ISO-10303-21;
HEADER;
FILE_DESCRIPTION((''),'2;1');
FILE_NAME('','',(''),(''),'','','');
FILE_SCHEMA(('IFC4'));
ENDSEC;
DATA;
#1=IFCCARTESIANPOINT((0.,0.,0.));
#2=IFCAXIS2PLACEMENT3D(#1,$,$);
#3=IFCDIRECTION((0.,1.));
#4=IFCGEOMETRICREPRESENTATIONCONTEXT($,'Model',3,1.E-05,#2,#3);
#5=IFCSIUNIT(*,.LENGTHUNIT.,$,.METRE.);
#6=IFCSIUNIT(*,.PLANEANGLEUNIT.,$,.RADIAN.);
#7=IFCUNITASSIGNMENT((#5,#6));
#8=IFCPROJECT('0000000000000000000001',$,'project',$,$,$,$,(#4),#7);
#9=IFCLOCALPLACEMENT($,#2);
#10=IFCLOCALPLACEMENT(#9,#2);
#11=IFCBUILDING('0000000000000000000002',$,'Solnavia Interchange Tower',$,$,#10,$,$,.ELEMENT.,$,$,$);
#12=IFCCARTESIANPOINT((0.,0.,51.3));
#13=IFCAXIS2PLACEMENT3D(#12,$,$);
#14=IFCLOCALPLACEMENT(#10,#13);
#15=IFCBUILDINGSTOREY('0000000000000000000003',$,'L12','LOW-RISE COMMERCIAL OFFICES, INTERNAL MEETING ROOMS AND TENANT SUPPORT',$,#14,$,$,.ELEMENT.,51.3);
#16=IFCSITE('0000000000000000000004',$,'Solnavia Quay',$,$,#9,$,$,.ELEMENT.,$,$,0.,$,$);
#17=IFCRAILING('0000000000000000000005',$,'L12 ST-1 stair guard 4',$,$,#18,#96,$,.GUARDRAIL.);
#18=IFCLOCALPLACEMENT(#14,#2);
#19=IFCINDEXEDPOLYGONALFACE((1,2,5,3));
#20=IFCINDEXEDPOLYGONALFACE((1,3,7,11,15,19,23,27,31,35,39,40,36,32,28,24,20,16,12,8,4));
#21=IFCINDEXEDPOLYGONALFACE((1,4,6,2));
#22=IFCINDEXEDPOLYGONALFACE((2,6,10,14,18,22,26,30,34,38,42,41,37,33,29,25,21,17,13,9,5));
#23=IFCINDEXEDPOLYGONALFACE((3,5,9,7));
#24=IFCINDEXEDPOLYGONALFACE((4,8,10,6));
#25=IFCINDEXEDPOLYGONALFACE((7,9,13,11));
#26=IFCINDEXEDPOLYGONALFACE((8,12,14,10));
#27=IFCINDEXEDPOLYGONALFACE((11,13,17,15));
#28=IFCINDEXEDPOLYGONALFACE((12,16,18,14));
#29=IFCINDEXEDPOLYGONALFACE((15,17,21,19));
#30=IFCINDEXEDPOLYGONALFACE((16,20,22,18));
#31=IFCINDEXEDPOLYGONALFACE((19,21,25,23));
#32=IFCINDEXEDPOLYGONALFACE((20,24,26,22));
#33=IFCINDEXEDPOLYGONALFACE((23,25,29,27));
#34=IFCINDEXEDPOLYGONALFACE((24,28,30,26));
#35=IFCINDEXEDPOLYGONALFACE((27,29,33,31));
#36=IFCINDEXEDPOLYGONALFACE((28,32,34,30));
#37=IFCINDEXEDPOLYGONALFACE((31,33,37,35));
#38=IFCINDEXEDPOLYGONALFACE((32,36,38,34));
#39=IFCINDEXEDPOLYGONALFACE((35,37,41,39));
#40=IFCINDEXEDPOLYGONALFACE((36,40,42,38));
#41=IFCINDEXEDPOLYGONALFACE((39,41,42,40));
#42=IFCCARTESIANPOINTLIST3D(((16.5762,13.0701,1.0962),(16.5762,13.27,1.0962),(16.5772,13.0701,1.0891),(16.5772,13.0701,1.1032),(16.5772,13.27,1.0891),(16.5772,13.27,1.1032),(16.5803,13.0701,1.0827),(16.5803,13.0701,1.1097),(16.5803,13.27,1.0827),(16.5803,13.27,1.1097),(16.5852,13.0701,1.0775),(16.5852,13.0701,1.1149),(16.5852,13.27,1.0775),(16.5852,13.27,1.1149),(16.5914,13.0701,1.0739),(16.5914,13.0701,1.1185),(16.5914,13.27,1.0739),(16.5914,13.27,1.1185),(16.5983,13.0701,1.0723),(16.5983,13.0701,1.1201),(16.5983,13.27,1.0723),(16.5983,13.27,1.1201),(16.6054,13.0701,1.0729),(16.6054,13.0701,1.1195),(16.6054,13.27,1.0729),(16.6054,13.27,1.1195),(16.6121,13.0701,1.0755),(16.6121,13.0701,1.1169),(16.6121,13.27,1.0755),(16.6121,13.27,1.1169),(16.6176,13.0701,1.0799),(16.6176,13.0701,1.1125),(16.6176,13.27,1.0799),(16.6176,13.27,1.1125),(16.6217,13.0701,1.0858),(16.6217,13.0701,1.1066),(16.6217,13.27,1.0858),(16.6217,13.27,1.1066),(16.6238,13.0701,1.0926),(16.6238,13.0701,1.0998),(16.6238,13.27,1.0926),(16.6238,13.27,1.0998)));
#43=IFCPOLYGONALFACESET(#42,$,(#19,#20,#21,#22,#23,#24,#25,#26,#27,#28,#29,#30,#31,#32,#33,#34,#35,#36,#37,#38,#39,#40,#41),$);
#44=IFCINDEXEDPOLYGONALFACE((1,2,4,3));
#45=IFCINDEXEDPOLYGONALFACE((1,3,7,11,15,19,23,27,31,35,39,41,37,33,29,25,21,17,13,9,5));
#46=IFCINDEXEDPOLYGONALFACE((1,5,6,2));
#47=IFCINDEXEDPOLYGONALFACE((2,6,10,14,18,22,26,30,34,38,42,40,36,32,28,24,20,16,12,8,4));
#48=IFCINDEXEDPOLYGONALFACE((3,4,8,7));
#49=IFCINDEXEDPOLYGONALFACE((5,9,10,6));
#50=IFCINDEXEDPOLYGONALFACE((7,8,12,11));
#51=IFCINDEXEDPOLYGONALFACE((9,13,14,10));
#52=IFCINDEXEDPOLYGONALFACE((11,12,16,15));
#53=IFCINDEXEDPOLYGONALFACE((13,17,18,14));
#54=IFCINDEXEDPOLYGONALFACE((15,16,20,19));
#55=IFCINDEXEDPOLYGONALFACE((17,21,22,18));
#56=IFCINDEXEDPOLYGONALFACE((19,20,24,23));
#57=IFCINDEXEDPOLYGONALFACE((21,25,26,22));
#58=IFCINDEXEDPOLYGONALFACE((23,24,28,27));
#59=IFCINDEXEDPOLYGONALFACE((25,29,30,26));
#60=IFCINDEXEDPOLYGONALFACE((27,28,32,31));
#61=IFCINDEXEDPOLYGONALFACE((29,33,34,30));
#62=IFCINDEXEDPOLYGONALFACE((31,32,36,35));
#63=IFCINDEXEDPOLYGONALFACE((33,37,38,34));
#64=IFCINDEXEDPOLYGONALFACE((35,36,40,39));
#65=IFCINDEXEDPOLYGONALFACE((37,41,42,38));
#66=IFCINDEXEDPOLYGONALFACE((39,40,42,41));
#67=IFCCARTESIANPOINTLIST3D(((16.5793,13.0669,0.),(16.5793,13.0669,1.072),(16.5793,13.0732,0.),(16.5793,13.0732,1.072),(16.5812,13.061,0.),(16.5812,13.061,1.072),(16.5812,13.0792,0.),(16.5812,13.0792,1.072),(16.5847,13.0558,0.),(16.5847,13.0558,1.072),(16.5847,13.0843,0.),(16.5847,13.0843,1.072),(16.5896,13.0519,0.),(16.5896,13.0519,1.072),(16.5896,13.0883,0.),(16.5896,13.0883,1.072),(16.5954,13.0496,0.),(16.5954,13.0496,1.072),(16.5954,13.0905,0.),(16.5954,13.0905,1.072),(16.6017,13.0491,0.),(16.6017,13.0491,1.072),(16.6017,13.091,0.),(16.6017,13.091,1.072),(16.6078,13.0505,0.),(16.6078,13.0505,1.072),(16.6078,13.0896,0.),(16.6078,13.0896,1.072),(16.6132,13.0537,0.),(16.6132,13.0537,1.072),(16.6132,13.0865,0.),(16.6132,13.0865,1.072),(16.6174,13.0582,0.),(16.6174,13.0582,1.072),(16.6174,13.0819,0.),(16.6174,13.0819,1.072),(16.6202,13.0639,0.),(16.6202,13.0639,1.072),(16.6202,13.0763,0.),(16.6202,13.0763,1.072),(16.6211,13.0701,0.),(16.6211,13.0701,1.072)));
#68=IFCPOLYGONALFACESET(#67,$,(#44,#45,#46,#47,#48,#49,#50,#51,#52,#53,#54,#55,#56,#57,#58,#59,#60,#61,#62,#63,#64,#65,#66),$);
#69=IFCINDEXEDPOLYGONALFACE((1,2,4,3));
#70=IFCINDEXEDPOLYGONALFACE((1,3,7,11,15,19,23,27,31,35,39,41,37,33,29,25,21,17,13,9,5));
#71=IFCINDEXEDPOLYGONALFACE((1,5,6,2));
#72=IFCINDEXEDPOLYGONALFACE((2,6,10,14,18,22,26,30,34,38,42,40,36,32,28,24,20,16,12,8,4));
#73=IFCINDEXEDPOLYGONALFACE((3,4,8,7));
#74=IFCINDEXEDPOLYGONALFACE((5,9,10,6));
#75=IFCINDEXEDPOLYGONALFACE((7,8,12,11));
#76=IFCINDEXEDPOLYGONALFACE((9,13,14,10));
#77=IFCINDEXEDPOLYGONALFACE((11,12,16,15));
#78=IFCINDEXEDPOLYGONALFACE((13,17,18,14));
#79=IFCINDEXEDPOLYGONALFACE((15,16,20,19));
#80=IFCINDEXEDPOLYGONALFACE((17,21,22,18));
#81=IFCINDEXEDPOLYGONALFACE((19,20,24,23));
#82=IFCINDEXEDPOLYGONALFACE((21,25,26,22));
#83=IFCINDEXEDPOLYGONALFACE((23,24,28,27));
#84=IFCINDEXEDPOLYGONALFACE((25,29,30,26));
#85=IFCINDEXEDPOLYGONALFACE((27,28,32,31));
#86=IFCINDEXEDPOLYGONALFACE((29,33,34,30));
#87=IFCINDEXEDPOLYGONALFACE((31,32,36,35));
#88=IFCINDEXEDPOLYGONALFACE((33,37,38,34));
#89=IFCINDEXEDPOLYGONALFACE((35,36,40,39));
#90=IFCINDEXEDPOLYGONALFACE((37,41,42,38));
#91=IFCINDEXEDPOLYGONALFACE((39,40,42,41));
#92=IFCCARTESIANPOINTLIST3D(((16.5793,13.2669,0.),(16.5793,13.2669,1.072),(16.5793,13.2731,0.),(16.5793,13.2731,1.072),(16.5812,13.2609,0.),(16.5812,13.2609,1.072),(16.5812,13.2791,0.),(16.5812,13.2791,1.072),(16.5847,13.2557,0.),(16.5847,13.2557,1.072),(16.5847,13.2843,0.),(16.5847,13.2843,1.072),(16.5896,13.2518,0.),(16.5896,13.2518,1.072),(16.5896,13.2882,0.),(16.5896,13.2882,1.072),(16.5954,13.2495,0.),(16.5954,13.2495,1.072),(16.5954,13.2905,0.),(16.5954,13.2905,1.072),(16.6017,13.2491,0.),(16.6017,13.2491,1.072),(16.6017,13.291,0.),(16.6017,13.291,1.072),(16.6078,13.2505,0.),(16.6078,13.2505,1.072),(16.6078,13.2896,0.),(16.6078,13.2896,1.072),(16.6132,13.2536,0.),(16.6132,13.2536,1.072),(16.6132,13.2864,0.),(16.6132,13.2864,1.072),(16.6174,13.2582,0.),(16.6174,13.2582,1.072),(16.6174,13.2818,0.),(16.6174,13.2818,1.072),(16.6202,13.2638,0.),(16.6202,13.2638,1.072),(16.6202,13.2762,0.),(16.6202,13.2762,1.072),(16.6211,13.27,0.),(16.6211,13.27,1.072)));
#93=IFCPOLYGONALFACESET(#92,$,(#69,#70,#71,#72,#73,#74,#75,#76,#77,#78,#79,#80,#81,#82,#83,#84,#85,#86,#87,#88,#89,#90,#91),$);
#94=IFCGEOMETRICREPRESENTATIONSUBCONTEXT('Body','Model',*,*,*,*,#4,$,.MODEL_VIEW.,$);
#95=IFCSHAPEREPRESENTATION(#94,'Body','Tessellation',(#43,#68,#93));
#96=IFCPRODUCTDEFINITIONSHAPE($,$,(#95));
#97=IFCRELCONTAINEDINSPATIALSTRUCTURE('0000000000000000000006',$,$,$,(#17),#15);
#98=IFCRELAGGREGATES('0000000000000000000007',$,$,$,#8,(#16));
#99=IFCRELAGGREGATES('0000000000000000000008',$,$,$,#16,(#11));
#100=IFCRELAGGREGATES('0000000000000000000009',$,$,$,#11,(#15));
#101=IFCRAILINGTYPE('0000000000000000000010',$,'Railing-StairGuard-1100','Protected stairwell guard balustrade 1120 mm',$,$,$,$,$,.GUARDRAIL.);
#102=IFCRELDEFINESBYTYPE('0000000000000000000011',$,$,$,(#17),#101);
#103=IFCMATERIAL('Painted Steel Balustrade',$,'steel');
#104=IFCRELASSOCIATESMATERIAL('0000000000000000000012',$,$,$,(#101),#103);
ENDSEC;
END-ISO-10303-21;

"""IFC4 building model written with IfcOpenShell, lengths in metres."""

from ifc_helpers import new_model, si_unit, direction, frame, origin, origin_2d, place, context, subcontext, project, spatial, circle, extrude, material, type_object, element, save


model = new_model("IFC4")

# Units and contexts
model_context = context("Model", 3, precision=1e-05, world=origin(), true_north=direction((0.0, 1.0)))
body_context = subcontext(model_context, "Body", "Model", "MODEL_VIEW")
ifc_project = project(units=[si_unit("LENGTHUNIT", "METRE"), si_unit("PLANEANGLEUNIT", "RADIAN")], contexts=[model_context])

# Site, building, storey
site_placement = place(None, origin())
site = spatial("IfcSite", under=ifc_project, at=site_placement, Name="Solnavia Quay", CompositionType="ELEMENT", RefElevation=0.0)
building_placement = place(site_placement, origin())
building = spatial("IfcBuilding", under=site, at=building_placement, Name="Solnavia Interchange Tower", CompositionType="ELEMENT")
storey_placement = place(building_placement, frame((0.0, 0.0, 51.3)))
storey = spatial("IfcBuildingStorey", under=building, at=storey_placement, Name="L12", Description="LOW-RISE COMMERCIAL OFFICES, INTERNAL MEETING ROOMS AND TENANT SUPPORT", CompositionType="ELEMENT", Elevation=51.3)

# Railing
ifc_material_1 = material(Name="Painted Steel Balustrade", Category="steel")
railing_type_1 = type_object("IfcRailingType", Name="Railing-StairGuard-1100", Description="Protected stairwell guard balustrade 1120 mm", PredefinedType="GUARDRAIL", material=ifc_material_1)
railing_1_placement = place(storey_placement, frame((16.6001, 13.0701, 0.0)))
element("IfcRailing", 1, at=railing_1_placement, inside=storey, type_object=railing_type_1, Name="L12 ST-1 stair guard 4", PredefinedType="GUARDRAIL", context=body_context, shape_type="SweptSolid", body=[
    extrude(circle(Radius=0.0239, at=origin_2d()), frame((0.0, 0.0, 1.0962), z_axis=(0.0, 1.0, 0.0), x_axis=(-1.0, 0.0, 0.0)), (0.0, 0.0, 1.0), 0.2),
    extrude(circle(Radius=0.021, at=origin_2d()), origin(), (0.0, 0.0, 1.0), 1.072),
    extrude(circle(Radius=0.021, at=origin_2d()), frame((0.0, 0.2, 0.0)), (0.0, 0.0, 1.0), 1.072),
])

save(model, "model.ifc")
